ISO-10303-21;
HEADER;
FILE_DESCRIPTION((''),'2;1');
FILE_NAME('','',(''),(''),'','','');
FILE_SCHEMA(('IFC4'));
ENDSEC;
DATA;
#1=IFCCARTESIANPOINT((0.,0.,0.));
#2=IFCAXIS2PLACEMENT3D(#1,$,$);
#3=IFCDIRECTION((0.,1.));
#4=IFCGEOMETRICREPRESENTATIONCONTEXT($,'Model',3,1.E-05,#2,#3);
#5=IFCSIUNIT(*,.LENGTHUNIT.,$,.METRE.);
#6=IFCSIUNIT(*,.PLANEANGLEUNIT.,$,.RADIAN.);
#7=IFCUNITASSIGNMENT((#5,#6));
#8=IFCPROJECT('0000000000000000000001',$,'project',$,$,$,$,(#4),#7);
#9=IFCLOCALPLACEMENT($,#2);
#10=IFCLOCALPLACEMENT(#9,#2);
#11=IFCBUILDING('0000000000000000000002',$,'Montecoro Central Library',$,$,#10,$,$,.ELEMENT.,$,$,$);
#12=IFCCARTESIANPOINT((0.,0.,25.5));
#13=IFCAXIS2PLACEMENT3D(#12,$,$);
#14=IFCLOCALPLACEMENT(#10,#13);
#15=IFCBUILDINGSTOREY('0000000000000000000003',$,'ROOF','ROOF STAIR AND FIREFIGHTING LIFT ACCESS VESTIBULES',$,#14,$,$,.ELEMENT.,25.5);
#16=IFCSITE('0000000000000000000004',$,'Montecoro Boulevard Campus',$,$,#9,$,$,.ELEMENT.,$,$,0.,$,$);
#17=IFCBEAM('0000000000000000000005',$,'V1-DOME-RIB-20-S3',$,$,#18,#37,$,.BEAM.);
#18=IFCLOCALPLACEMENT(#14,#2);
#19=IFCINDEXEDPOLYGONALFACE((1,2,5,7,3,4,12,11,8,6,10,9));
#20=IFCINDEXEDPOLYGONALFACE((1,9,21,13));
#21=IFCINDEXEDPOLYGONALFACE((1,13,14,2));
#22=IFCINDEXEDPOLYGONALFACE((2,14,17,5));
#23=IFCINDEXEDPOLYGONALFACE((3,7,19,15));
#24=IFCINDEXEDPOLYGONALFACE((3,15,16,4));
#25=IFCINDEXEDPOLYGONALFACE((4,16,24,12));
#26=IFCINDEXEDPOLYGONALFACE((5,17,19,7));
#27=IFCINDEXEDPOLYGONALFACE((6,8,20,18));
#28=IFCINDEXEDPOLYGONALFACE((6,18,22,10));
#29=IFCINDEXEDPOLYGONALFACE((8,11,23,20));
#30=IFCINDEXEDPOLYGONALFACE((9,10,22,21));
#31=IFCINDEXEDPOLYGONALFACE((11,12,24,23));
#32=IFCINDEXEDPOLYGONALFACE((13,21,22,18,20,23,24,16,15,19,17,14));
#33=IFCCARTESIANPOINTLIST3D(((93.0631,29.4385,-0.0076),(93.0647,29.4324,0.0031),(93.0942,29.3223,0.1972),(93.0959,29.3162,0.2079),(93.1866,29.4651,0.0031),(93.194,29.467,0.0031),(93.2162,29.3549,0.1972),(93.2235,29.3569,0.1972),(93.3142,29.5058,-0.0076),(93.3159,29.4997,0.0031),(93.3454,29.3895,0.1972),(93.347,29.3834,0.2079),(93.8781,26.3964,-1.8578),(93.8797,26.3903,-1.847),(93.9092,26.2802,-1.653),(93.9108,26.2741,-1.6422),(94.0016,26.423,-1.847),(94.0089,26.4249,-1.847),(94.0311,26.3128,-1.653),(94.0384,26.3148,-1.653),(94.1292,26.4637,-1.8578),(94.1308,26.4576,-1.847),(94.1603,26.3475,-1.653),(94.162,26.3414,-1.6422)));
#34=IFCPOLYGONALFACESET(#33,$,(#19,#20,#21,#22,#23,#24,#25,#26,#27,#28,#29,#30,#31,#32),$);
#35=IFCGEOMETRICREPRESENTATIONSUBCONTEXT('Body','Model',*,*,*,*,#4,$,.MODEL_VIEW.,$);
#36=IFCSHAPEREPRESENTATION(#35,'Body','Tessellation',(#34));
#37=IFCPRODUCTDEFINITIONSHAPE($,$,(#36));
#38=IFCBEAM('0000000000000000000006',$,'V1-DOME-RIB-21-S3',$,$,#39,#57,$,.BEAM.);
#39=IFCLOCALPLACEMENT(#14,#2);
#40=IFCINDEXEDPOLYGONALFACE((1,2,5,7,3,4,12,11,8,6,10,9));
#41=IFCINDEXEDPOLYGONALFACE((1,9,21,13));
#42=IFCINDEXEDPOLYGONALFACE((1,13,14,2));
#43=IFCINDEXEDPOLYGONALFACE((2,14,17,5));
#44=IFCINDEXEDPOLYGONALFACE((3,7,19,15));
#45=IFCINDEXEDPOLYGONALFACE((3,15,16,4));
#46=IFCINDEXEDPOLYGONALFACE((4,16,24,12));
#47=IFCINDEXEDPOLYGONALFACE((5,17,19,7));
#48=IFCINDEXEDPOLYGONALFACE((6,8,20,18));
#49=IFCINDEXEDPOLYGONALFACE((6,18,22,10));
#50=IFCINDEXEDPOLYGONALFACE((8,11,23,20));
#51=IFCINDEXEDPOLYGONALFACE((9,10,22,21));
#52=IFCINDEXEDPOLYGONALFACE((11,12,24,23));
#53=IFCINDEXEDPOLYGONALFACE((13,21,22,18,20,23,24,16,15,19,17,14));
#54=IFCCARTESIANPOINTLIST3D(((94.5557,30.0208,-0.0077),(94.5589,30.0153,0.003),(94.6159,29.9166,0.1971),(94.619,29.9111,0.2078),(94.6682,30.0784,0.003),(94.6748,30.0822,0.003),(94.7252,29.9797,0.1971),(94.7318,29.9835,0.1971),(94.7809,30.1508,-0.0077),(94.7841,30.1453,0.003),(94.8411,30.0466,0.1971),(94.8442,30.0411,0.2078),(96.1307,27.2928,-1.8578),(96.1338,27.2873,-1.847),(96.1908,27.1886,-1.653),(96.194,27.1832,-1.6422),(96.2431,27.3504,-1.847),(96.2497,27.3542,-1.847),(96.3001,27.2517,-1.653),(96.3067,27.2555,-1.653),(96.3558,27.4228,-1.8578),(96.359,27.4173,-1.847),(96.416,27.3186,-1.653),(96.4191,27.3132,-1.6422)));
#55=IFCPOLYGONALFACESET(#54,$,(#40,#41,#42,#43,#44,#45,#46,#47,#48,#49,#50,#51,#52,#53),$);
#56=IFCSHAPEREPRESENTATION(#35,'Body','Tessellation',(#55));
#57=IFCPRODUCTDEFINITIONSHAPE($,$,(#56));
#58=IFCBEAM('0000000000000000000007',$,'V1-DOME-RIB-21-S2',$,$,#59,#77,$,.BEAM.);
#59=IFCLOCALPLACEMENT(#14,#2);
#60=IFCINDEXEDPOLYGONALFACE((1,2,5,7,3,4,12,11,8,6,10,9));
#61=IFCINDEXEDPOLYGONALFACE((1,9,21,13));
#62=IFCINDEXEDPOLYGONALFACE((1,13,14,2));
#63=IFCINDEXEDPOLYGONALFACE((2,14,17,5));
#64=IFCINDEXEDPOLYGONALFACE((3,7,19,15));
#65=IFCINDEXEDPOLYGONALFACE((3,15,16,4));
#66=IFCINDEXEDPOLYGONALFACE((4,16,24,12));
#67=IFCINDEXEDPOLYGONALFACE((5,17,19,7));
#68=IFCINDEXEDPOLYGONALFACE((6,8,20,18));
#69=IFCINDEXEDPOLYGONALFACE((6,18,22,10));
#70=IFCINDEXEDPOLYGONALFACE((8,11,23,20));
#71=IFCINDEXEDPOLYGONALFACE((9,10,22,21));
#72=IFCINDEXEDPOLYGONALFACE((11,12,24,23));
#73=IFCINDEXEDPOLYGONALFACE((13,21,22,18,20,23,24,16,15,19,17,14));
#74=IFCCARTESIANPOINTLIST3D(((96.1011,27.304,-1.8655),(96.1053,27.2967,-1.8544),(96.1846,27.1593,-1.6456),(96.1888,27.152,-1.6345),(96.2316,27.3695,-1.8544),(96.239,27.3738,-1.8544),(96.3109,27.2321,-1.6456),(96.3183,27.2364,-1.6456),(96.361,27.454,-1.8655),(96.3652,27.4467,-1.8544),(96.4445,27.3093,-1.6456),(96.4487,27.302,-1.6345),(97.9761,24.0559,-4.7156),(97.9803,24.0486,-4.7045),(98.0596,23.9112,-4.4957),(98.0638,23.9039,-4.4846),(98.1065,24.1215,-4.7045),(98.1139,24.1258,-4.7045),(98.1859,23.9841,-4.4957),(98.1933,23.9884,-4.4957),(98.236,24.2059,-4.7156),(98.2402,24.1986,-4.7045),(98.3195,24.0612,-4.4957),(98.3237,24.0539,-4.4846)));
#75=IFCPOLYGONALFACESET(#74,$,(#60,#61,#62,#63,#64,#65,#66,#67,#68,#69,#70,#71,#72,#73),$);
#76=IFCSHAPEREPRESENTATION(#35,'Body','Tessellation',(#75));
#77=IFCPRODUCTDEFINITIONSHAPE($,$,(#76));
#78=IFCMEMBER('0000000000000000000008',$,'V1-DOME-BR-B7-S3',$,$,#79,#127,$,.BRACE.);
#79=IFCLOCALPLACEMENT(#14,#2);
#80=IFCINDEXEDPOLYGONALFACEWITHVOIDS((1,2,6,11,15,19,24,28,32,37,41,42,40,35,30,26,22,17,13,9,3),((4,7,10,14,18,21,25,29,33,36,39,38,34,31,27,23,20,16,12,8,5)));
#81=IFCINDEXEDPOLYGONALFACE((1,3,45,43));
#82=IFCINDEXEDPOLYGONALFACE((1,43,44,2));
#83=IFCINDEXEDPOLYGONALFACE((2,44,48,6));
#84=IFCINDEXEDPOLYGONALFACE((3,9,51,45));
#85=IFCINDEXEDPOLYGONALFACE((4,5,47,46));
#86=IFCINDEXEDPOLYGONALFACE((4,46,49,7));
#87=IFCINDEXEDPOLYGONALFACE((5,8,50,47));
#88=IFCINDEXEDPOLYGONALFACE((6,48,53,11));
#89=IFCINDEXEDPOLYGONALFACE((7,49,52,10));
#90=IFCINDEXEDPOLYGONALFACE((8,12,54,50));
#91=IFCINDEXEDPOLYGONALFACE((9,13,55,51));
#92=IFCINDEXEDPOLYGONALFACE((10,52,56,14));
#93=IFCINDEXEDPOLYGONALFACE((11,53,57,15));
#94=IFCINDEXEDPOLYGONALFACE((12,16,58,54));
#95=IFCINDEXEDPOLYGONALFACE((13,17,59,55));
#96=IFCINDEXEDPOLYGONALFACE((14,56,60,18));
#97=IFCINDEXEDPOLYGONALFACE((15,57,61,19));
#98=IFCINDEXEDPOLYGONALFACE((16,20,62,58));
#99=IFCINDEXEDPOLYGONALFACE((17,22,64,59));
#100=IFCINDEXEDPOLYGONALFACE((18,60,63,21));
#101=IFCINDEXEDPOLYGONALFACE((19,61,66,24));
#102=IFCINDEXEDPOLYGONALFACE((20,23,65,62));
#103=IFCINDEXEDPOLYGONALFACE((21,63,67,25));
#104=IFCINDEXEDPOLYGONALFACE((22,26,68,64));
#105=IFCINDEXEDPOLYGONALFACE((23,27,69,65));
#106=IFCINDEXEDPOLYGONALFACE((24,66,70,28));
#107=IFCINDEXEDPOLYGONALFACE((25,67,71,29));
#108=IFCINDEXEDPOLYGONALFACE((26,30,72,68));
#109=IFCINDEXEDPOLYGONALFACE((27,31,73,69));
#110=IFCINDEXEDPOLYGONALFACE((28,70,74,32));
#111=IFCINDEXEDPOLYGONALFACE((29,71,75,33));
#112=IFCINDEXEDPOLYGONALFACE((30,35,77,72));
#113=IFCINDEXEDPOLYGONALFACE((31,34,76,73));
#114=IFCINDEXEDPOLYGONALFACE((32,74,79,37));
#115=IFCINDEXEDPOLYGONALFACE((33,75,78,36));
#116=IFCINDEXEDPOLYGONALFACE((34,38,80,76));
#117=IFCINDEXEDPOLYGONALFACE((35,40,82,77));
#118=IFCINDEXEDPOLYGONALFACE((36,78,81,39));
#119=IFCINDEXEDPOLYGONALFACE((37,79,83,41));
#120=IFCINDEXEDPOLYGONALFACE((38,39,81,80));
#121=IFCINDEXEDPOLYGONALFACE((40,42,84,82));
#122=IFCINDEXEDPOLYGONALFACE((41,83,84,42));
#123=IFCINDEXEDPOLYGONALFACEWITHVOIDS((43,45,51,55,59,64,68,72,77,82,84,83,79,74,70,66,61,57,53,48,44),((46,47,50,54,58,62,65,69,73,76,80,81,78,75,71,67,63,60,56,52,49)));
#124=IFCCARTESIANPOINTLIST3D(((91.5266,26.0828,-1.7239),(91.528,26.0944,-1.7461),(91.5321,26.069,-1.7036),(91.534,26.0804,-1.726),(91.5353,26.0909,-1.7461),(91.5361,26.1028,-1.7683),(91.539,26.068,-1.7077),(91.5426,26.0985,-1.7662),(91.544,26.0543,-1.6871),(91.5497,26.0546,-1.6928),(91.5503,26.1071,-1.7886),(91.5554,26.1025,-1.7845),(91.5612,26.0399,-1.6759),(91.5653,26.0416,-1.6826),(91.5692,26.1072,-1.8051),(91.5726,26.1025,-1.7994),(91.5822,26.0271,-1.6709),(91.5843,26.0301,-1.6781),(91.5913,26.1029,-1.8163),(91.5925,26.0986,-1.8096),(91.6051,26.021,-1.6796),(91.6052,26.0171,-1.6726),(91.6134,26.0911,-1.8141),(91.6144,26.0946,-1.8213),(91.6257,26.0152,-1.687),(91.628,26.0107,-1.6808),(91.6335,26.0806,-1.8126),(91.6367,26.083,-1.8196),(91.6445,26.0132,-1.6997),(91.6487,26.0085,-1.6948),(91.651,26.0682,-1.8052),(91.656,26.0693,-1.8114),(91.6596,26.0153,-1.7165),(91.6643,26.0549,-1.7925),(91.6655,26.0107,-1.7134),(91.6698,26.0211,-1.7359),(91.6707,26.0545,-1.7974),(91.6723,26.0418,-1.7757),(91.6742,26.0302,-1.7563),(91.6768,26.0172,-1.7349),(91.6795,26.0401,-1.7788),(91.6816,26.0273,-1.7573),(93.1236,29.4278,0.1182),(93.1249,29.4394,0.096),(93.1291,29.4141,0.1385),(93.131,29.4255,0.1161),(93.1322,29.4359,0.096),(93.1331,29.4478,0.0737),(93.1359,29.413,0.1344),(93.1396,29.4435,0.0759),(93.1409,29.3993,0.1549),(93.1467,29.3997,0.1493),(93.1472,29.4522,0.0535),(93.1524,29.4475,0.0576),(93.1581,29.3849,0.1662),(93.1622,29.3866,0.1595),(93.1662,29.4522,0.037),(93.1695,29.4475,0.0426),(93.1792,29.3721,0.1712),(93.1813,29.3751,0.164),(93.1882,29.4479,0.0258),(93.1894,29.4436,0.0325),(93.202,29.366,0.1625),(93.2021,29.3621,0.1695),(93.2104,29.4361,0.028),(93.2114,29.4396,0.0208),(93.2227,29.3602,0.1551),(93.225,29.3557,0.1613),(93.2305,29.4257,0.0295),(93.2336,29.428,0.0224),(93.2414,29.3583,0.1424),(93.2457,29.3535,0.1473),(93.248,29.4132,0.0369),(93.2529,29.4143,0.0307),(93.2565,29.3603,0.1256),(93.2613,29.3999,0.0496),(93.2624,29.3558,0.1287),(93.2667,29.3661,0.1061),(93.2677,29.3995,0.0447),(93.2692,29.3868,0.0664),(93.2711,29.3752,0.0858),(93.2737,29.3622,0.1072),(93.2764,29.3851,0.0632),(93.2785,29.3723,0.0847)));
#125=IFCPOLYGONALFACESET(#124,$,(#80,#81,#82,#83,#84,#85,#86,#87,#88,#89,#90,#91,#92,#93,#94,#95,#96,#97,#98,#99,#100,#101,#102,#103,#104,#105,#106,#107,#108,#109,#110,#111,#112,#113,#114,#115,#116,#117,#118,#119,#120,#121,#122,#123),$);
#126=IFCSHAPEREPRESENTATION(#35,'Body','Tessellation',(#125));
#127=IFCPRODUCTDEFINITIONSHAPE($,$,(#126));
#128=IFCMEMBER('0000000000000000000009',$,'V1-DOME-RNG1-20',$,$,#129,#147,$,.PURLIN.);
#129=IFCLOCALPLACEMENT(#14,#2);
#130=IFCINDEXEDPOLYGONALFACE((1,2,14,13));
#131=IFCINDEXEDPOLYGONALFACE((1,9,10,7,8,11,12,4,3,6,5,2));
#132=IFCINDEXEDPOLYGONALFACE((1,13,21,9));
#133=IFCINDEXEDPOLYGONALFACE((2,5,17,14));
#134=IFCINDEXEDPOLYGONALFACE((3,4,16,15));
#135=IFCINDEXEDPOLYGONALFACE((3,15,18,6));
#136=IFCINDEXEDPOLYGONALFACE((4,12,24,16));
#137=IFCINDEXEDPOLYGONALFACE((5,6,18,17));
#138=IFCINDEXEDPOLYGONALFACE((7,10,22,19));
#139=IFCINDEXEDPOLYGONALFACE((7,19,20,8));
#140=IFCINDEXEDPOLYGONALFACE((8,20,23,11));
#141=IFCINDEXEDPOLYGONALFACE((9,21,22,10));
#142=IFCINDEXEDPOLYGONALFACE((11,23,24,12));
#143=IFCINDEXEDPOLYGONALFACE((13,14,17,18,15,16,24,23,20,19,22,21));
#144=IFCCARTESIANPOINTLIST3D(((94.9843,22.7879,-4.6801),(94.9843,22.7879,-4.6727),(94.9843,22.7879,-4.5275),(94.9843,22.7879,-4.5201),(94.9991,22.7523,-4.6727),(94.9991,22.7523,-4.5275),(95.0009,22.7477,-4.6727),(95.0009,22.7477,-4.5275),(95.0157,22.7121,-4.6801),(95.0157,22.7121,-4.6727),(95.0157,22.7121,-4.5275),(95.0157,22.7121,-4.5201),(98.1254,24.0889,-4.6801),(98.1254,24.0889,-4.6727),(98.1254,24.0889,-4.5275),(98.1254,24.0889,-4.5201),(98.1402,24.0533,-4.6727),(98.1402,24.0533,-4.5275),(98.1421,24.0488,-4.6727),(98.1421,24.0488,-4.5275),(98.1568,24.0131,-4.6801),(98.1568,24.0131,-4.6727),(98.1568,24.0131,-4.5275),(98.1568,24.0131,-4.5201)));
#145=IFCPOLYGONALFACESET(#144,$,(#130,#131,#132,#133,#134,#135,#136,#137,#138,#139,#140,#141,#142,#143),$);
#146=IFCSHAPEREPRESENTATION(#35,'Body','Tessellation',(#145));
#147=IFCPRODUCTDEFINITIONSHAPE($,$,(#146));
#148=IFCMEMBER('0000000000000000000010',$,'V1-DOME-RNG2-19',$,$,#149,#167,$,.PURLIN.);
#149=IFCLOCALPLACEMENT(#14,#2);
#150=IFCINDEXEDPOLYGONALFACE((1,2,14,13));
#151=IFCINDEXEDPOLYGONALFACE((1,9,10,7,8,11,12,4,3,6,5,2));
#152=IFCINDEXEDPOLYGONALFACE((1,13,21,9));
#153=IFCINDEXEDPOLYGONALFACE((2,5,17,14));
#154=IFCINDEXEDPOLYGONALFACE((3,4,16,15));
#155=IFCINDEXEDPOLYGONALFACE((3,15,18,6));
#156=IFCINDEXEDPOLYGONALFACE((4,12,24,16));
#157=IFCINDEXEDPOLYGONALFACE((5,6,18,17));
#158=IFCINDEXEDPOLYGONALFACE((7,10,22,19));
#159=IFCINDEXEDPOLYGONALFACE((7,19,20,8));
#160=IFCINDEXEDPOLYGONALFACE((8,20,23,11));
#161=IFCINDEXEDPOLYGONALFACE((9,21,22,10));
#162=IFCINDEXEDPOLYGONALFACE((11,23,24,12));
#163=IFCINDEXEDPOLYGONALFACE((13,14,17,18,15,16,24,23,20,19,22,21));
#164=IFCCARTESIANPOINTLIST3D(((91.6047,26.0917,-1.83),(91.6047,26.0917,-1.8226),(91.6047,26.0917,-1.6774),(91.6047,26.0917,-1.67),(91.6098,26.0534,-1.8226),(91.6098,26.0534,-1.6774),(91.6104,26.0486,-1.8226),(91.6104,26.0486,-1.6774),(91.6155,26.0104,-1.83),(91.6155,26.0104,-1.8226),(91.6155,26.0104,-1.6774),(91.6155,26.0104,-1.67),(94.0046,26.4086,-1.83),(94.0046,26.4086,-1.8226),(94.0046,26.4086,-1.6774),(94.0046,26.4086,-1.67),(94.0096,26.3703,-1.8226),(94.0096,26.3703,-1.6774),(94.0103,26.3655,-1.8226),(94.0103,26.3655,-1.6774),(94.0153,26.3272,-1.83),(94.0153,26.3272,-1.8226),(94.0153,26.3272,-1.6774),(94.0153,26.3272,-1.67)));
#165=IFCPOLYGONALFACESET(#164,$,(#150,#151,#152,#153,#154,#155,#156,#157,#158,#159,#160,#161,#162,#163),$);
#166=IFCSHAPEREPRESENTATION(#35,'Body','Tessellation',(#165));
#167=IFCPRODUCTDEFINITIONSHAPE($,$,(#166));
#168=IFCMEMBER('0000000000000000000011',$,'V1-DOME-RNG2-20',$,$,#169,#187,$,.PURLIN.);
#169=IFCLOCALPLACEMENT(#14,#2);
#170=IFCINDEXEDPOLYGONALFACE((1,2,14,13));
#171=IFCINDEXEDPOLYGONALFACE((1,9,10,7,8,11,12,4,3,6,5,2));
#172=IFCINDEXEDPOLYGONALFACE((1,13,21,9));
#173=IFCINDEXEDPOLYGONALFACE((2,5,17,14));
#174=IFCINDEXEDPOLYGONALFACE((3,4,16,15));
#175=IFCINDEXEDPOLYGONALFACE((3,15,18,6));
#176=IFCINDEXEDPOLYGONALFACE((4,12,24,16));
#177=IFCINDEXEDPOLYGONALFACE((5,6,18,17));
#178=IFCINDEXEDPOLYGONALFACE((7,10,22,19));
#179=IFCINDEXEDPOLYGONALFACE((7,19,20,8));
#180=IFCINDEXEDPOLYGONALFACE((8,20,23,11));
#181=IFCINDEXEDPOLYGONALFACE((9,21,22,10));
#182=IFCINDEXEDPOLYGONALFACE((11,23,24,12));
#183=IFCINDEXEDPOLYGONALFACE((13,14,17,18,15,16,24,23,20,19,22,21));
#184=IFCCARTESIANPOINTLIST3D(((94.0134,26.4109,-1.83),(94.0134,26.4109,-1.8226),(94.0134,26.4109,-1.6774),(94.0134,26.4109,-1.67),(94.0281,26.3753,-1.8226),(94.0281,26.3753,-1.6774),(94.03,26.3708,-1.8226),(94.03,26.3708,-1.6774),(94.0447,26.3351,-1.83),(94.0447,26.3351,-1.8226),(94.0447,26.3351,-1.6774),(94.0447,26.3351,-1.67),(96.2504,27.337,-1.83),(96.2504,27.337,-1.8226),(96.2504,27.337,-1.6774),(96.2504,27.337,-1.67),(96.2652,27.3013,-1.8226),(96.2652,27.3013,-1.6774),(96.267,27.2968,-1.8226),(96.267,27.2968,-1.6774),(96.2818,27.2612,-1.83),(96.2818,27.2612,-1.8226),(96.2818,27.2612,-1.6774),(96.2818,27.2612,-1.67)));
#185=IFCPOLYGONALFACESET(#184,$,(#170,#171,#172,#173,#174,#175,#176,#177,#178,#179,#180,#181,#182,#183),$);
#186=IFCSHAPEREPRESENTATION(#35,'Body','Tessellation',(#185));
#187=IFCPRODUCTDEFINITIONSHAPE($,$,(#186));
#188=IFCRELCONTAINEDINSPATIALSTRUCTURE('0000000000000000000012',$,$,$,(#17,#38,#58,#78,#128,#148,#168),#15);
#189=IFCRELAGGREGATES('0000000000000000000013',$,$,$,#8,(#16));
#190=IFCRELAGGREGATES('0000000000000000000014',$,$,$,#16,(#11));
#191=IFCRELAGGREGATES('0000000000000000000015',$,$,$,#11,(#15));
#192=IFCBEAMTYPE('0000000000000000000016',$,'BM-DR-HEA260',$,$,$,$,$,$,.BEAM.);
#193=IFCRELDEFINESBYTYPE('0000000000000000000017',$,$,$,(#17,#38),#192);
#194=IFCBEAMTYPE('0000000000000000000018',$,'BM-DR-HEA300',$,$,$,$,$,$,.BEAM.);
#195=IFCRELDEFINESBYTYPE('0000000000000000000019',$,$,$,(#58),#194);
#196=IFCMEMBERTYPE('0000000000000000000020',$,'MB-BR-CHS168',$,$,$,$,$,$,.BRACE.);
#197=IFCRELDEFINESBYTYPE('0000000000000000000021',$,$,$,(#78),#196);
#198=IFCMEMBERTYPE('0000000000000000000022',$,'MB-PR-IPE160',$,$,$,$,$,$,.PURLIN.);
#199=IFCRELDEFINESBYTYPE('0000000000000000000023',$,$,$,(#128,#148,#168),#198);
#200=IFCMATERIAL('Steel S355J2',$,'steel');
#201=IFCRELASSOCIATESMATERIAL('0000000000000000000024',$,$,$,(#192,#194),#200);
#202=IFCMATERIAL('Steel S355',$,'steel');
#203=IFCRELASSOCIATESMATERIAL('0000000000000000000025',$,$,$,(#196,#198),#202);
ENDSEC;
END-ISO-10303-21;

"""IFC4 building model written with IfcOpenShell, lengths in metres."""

from ifc_helpers import new_model, si_unit, direction, frame, origin, origin_2d, place, context, subcontext, project, spatial, hollow_circle, i_section, extrude, material, material_profile, profile_set, type_object, element, save


model = new_model("IFC4")

# Units and contexts
model_context = context("Model", 3, precision=1e-05, world=origin(), true_north=direction((0.0, 1.0)))
body_context = subcontext(model_context, "Body", "Model", "MODEL_VIEW")
ifc_project = project(units=[si_unit("LENGTHUNIT", "METRE"), si_unit("PLANEANGLEUNIT", "RADIAN")], contexts=[model_context])

# Site, building, storey
site_placement = place(None, origin())
site = spatial("IfcSite", under=ifc_project, at=site_placement, Name="Montecoro Boulevard Campus", CompositionType="ELEMENT", RefElevation=0.0)
building_placement = place(site_placement, origin())
building = spatial("IfcBuilding", under=site, at=building_placement, Name="Montecoro Central Library", CompositionType="ELEMENT")
storey_placement = place(building_placement, frame((0.0, 0.0, 25.5)))
storey = spatial("IfcBuildingStorey", under=building, at=storey_placement, Name="ROOF", Description="ROOF STAIR AND FIREFIGHTING LIFT ACCESS VESTIBULES", CompositionType="ELEMENT", Elevation=25.5)

# Beams
ifc_material_1 = material(Name="Steel S355J2", Category="steel")
ifc_material_profile_1 = material_profile(ifc_material_1, i_section(OverallWidth=0.26, OverallDepth=0.25, WebThickness=0.0076, FlangeThickness=0.0125, at=origin_2d()), Name="HEA 260")
ifc_profile_set_1 = profile_set([ifc_material_profile_1], Name="Steel S355J2")
beam_type_1 = type_object("IfcBeamType", Name="BM-DR-HEA260", PredefinedType="BEAM", material=ifc_profile_set_1)
beam_1_placement = place(storey_placement, frame((94.02, 26.3689, -1.75), z_axis=(-0.223119, 0.832854, 0.50653), x_axis=(-0.965938, -0.258772, 0.0)))
element("IfcBeam", 1, at=beam_1_placement, inside=storey, type_object=beam_type_1, Name="V1-DOME-RIB-20-S3", PredefinedType="BEAM", context=body_context, shape_type="SweptSolid", body=[
    extrude(i_section(OverallWidth=0.26, OverallDepth=0.25, WebThickness=0.0076, FlangeThickness=0.0125, at=origin_2d()), origin(), (0.0, 0.0, 1.0), 3.6526),
])
beam_2_placement = place(storey_placement, frame((96.2749, 27.303, -1.75), z_axis=(-0.431122, 0.746761, 0.50644), x_axis=(-0.866036, -0.499982, 0.0)))
element("IfcBeam", 2, at=beam_2_placement, inside=storey, type_object=beam_type_1, Name="V1-DOME-RIB-21-S3", PredefinedType="BEAM", context=body_context, shape_type="SweptSolid", body=[
    extrude(i_section(OverallWidth=0.26, OverallDepth=0.25, WebThickness=0.0076, FlangeThickness=0.0125, at=origin_2d()), origin(), (0.0, 0.0, 1.0), 3.6531),
])
ifc_material_profile_2 = material_profile(ifc_material_1, i_section(OverallWidth=0.3, OverallDepth=0.29, WebThickness=0.0085, FlangeThickness=0.0139, at=origin_2d()), Name="HEA 300")
ifc_profile_set_2 = profile_set([ifc_material_profile_2], Name="Steel S355J2")
beam_type_2 = type_object("IfcBeamType", Name="BM-DR-HEA300", PredefinedType="BEAM", material=ifc_profile_set_2)
beam_3_placement = place(storey_placement, frame((98.1499, 24.0549, -4.6001), z_axis=(-0.39805, 0.689538, 0.605056), x_axis=(-0.866056, -0.499948, 0.0)))
element("IfcBeam", 3, at=beam_3_placement, inside=storey, type_object=beam_type_2, Name="V1-DOME-RIB-21-S2", PredefinedType="BEAM", context=body_context, shape_type="SweptSolid", body=[
    extrude(i_section(OverallWidth=0.3, OverallDepth=0.29, WebThickness=0.0085, FlangeThickness=0.0139, at=origin_2d()), origin(), (0.0, 0.0, 1.0), 4.7104),
])

# Members
ifc_material_2 = material(Name="Steel S355", Category="steel")
ifc_material_profile_3 = material_profile(ifc_material_2, hollow_circle(Radius=0.0842, WallThickness=0.0081, at=origin_2d()), Name="CHS 168.3x8.0")
ifc_profile_set_3 = profile_set([ifc_material_profile_3], Name="Steel S355")
member_type_1 = type_object("IfcMemberType", Name="MB-BR-CHS168", PredefinedType="BRACE", material=ifc_profile_set_3)
member_1_placement = place(storey_placement, frame((91.604, 26.0581, -1.7461), z_axis=(0.385815, 0.808141, 0.445035), x_axis=(-0.902433, 0.430831, 0.0)))
element("IfcMember", 4, at=member_1_placement, inside=storey, type_object=member_type_1, Name="V1-DOME-BR-B7-S3", PredefinedType="BRACE", context=body_context, shape_type="SweptSolid", body=[
    extrude(hollow_circle(Radius=0.0842, WallThickness=0.0081, at=origin_2d()), origin(), (0.0, 0.0, 1.0), 4.1392),
])
ifc_material_profile_4 = material_profile(ifc_material_2, i_section(OverallWidth=0.082, OverallDepth=0.1599, WebThickness=0.0049, FlangeThickness=0.0073, at=origin_2d()), Name="IPE 160")
ifc_profile_set_4 = profile_set([ifc_material_profile_4], Name="Steel S355")
member_type_2 = type_object("IfcMemberType", Name="MB-PR-IPE160", PredefinedType="PURLIN", material=ifc_profile_set_4)
member_2_placement = place(storey_placement, frame((95.0, 22.75, -4.6001), z_axis=(0.923886, 0.382667, 0.0), x_axis=(-0.382667, 0.923886, 0.0)))
element("IfcMember", 5, at=member_2_placement, inside=storey, type_object=member_type_2, Name="V1-DOME-RNG1-20", PredefinedType="PURLIN", context=body_context, shape_type="SweptSolid", body=[
    extrude(i_section(OverallWidth=0.082, OverallDepth=0.1599, WebThickness=0.0049, FlangeThickness=0.0073, at=origin_2d()), origin(), (0.0, 0.0, 1.0), 3.3999),
])
member_3_placement = place(storey_placement, frame((91.6101, 26.051, -1.75), z_axis=(0.991394, 0.130908, 0.0), x_axis=(-0.130908, 0.991394, 0.0)))
element("IfcMember", 6, at=member_3_placement, inside=storey, type_object=member_type_2, Name="V1-DOME-RNG2-19", PredefinedType="PURLIN", context=body_context, shape_type="SweptSolid", body=[
    extrude(i_section(OverallWidth=0.082, OverallDepth=0.1599, WebThickness=0.0049, FlangeThickness=0.0073, at=origin_2d()), origin(), (0.0, 0.0, 1.0), 2.4207),
])
member_4_placement = place(storey_placement, frame((94.0291, 26.373, -1.75), z_axis=(0.923966, 0.382474, 0.0), x_axis=(-0.382474, 0.923966, 0.0)))
element("IfcMember", 7, at=member_4_placement, inside=storey, type_object=member_type_2, Name="V1-DOME-RNG2-20", PredefinedType="PURLIN", context=body_context, shape_type="SweptSolid", body=[
    extrude(i_section(OverallWidth=0.082, OverallDepth=0.1599, WebThickness=0.0049, FlangeThickness=0.0073, at=origin_2d()), origin(), (0.0, 0.0, 1.0), 2.4211),
])

save(model, "model.ifc")
